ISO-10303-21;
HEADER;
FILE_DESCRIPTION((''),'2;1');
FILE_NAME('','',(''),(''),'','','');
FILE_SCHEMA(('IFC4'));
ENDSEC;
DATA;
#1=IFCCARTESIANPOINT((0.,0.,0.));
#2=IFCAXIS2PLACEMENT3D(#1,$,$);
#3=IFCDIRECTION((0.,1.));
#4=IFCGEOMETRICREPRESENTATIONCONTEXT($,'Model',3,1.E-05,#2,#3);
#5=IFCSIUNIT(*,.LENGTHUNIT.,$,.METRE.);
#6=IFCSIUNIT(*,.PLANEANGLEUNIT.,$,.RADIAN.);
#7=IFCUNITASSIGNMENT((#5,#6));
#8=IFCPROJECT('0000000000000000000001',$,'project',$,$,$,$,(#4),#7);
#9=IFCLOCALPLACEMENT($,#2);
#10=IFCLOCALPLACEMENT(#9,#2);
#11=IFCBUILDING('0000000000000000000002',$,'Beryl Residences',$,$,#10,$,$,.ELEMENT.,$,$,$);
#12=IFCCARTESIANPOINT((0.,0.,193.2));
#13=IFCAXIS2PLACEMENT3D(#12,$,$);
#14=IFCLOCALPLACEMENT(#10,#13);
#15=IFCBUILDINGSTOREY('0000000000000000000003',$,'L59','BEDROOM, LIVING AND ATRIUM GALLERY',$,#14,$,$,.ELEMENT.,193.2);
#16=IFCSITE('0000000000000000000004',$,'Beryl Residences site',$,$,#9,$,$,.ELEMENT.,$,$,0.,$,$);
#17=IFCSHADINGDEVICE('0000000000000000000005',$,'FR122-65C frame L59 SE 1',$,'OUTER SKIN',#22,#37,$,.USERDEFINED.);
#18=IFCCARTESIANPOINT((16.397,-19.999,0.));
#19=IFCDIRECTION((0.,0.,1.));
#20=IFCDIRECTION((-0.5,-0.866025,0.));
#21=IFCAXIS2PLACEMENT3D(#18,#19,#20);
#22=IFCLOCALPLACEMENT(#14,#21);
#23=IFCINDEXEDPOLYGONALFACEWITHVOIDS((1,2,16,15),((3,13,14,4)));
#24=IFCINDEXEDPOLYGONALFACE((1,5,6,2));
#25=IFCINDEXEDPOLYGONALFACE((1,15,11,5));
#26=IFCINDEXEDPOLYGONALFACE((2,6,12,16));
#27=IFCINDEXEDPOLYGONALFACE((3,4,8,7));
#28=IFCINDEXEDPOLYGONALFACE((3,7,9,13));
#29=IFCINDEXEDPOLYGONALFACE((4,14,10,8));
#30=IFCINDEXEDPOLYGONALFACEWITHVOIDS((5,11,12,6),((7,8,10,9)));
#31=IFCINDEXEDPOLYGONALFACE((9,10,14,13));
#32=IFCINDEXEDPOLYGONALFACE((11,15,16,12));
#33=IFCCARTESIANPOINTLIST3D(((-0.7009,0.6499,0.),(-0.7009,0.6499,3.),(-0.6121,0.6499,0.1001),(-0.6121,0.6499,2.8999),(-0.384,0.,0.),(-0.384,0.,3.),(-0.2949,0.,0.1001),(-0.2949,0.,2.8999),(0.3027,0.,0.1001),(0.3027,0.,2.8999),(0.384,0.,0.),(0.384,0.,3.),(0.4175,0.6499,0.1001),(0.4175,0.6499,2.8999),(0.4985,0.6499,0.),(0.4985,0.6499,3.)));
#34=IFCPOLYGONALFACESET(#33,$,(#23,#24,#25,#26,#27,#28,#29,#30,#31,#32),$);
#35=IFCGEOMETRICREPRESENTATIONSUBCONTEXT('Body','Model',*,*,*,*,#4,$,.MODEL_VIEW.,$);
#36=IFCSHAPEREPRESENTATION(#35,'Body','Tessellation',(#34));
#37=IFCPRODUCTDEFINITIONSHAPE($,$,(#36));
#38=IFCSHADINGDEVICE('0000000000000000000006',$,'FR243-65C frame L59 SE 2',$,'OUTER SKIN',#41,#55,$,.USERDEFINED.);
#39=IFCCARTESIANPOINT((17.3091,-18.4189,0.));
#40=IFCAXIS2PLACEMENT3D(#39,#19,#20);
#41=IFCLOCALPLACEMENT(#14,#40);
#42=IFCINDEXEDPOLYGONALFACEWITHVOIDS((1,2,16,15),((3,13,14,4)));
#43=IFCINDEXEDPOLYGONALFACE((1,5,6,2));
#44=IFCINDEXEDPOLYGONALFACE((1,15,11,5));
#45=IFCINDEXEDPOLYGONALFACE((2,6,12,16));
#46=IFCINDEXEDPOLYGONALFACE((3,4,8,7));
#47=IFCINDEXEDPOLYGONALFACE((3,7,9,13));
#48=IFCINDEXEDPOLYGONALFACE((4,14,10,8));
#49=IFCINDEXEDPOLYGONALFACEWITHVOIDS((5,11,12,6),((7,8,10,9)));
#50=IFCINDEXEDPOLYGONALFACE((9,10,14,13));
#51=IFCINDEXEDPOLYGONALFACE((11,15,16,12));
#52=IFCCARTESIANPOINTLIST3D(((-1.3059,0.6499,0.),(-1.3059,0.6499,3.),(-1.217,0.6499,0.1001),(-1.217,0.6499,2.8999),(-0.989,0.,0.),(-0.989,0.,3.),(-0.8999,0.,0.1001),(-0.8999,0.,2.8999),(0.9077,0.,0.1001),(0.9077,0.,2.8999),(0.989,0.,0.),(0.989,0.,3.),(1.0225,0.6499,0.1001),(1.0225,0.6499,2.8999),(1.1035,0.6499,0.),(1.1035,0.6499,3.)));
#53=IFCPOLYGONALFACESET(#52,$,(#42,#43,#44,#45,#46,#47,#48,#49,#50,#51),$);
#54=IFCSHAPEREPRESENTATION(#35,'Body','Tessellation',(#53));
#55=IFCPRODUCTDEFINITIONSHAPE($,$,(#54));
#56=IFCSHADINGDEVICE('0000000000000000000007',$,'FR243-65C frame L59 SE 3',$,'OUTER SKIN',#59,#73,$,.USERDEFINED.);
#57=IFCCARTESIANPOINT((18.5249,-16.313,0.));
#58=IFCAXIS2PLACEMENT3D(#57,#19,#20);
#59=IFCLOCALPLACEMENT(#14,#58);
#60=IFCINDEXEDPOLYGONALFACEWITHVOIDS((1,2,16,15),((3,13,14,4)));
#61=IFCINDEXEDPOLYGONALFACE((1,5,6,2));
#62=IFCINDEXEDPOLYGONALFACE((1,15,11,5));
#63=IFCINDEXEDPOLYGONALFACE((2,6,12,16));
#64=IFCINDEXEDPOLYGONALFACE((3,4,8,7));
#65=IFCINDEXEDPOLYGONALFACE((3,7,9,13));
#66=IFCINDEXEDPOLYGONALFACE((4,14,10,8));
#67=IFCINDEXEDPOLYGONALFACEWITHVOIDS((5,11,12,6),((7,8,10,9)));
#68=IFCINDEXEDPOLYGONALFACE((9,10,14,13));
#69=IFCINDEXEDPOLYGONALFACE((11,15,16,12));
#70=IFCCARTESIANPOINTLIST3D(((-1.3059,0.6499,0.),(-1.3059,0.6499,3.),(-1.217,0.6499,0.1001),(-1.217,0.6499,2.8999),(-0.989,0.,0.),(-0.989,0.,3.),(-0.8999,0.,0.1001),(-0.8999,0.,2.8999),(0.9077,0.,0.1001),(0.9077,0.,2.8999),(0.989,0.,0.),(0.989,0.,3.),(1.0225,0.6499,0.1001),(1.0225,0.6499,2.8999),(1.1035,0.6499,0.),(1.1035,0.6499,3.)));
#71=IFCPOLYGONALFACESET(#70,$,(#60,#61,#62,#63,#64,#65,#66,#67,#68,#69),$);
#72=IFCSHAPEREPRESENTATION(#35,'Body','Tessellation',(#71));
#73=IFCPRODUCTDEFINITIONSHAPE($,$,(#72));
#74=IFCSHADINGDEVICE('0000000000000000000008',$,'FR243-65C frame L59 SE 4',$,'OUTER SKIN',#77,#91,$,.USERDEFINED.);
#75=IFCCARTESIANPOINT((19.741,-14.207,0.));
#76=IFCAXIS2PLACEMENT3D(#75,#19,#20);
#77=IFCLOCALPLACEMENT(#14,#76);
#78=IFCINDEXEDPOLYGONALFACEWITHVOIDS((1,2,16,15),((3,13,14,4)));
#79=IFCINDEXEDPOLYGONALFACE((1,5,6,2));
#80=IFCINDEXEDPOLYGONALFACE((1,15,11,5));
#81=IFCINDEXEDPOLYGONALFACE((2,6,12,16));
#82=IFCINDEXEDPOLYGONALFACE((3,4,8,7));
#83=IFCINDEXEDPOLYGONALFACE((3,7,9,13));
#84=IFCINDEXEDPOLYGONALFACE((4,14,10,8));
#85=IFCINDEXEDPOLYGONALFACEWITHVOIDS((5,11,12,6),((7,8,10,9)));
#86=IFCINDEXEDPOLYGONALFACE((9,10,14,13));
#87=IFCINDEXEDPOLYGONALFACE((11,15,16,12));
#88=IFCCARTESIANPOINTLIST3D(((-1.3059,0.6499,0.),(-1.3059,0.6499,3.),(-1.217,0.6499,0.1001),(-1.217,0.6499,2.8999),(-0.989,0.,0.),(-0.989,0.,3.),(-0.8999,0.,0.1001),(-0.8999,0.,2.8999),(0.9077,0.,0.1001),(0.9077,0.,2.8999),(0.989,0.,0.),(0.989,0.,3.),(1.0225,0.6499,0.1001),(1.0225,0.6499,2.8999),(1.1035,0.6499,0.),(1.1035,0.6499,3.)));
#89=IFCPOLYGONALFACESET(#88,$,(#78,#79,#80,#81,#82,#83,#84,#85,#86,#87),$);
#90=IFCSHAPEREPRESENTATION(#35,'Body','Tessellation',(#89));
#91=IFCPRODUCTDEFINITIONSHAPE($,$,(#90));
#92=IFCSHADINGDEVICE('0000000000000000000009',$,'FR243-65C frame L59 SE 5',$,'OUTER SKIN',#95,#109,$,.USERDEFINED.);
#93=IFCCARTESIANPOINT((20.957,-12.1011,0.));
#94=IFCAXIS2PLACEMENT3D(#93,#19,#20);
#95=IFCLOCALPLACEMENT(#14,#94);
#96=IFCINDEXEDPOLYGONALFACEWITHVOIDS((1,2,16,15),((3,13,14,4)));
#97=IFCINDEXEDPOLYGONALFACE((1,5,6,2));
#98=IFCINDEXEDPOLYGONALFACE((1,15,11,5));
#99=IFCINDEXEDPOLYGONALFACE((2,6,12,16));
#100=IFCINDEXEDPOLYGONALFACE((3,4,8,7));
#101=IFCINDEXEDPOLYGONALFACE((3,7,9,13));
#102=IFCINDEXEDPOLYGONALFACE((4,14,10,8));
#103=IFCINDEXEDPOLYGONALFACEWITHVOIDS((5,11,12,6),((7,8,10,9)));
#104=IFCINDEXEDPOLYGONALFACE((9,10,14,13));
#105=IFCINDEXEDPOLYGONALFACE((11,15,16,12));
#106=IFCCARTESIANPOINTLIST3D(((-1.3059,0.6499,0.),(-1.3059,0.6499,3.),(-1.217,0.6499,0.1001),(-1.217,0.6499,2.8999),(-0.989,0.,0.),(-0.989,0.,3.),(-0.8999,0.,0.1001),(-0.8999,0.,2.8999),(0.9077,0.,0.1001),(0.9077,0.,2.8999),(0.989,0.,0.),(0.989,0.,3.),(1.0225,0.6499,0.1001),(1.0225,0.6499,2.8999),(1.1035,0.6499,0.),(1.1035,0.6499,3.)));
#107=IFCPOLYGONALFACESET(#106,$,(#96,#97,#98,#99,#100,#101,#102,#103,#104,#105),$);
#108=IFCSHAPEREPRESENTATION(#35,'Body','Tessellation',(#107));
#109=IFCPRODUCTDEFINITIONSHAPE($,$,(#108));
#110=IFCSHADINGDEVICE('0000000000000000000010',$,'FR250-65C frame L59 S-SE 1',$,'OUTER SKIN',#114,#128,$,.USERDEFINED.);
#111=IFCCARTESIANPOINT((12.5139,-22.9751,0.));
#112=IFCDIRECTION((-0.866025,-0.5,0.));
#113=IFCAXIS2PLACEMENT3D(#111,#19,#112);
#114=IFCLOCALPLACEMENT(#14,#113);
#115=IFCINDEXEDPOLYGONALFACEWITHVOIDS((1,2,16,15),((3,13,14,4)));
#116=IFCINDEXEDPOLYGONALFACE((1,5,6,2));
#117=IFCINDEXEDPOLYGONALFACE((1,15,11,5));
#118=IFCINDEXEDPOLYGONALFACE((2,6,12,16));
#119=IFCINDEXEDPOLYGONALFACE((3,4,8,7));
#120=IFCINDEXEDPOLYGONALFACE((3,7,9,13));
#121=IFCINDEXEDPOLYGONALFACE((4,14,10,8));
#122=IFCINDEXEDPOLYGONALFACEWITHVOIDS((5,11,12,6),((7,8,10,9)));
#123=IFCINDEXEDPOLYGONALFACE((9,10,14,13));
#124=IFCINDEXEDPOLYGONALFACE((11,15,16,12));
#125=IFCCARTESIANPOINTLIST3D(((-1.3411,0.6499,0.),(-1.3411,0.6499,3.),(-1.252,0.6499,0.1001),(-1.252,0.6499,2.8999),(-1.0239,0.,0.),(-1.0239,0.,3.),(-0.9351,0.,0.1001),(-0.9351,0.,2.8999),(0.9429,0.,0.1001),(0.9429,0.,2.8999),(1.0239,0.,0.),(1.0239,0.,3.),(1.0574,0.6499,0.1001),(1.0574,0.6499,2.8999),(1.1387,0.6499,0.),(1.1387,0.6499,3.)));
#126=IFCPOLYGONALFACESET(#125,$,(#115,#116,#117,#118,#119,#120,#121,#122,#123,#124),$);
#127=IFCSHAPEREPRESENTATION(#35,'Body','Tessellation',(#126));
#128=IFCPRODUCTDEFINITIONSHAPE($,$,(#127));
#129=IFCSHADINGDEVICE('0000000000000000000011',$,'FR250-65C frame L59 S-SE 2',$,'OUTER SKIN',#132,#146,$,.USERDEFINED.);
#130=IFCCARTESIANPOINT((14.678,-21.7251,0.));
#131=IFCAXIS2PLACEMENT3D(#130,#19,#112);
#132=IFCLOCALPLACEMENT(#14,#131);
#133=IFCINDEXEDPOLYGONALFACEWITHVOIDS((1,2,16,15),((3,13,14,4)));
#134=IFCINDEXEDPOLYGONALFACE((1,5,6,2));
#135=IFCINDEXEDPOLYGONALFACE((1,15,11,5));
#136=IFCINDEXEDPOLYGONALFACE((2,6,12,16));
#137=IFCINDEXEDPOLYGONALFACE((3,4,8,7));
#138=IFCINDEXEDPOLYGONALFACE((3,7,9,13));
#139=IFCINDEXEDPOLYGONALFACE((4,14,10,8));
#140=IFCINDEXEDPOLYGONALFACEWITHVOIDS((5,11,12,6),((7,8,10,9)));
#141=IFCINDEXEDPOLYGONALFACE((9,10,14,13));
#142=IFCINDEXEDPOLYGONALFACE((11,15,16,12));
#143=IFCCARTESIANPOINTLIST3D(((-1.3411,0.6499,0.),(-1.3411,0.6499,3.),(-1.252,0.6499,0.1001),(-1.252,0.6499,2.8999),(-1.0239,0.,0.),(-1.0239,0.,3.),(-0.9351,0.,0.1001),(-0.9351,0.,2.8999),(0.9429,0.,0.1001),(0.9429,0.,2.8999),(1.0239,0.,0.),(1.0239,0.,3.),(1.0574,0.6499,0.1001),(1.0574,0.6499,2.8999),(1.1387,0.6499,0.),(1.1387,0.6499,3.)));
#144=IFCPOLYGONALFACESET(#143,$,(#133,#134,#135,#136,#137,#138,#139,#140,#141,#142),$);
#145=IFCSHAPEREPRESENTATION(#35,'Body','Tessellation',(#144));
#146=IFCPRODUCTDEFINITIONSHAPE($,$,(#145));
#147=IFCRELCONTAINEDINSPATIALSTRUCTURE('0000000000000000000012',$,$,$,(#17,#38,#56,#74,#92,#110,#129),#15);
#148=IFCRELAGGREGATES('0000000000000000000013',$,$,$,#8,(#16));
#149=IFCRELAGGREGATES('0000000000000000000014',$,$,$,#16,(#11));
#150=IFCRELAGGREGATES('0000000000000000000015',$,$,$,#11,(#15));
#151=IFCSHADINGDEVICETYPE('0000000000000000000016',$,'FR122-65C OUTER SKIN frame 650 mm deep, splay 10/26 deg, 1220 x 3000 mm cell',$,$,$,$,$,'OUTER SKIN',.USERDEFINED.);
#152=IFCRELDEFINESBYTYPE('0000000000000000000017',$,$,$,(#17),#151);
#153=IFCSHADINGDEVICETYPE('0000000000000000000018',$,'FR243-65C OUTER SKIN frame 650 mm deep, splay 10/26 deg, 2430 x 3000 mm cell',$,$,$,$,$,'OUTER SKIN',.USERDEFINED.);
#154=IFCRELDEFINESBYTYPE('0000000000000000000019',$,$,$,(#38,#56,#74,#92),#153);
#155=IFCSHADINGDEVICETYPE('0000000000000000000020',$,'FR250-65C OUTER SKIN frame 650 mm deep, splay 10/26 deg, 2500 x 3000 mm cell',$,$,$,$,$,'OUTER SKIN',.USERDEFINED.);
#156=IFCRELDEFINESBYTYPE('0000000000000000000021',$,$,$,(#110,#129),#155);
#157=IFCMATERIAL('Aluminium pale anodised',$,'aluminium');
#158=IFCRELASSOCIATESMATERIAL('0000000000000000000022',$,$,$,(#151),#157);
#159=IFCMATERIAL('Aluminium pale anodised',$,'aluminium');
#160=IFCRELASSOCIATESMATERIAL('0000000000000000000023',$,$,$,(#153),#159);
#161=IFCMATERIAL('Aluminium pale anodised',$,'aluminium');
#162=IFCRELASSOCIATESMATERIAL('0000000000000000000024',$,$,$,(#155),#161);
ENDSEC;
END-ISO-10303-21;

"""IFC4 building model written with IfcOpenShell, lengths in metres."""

from ifc_helpers import new_model, entity, si_unit, direction, frame, origin, place, context, subcontext, project, spatial, source, transform, mapped, material, type_object, type_shapes, element, save


model = new_model("IFC4")

# Units and contexts
model_context = context("Model", 3, precision=1e-05, world=origin(), true_north=direction((0.0, 1.0)))
body_context = subcontext(model_context, "Body", "Model", "MODEL_VIEW")
ifc_project = project(units=[si_unit("LENGTHUNIT", "METRE"), si_unit("PLANEANGLEUNIT", "RADIAN")], contexts=[model_context])

# Site, building, storey
site_placement = place(None, origin())
site = spatial("IfcSite", under=ifc_project, at=site_placement, Name="Beryl Residences site", CompositionType="ELEMENT", RefElevation=0.0)
building_placement = place(site_placement, origin())
building = spatial("IfcBuilding", under=site, at=building_placement, Name="Beryl Residences", CompositionType="ELEMENT")
storey_placement = place(building_placement, frame((0.0, 0.0, 193.2)))
storey = spatial("IfcBuildingStorey", under=building, at=storey_placement, Name="L59", Description="BEDROOM, LIVING AND ATRIUM GALLERY", CompositionType="ELEMENT", Elevation=193.2)

# Shading devices
ifc_material_1 = material(Name="Aluminium pale anodised", Category="aluminium")
shading_device_type_1 = type_object("IfcShadingDeviceType", Name="FR122-65C OUTER SKIN frame 650 mm deep, splay 10/26 deg, 1220 x 3000 mm cell", ElementType="OUTER SKIN", PredefinedType="USERDEFINED", material=ifc_material_1)
cartesian_point_1 = entity("IfcCartesianPoint", [-0.384, 0.0])
cartesian_point_2 = entity("IfcCartesianPoint", [-0.3027, 0.1001])
cartesian_point_3 = entity("IfcCartesianPoint", [-0.4985, 0.0])
cartesian_point_4 = entity("IfcCartesianPoint", [-0.4175, 0.1001])
shared_shape_1 = source(origin(), body_context, "Body", "SweptSolid", [
    entity("IfcExtrudedAreaSolidTapered", entity("IfcArbitraryProfileDefWithVoids", "AREA", None, entity("IfcPolyline", [cartesian_point_1, entity("IfcCartesianPoint", [0.384, 0.0]), entity("IfcCartesianPoint", [0.384, 3.0]), entity("IfcCartesianPoint", [-0.384, 3.0]), cartesian_point_1]), [entity("IfcPolyline", [cartesian_point_2, entity("IfcCartesianPoint", [0.2949, 0.1001]), entity("IfcCartesianPoint", [0.2949, 2.8999]), entity("IfcCartesianPoint", [-0.3027, 2.8999]), cartesian_point_2])]), entity("IfcAxis2Placement3D", entity("IfcCartesianPoint", [0.0, 0.0, 0.0]), entity("IfcDirection", [0.0, 1.0, 0.0]), entity("IfcDirection", [-1.0, 0.0, 0.0])), entity("IfcDirection", [0.0, 0.0, 1.0]), 0.6499, entity("IfcArbitraryProfileDefWithVoids", "AREA", None, entity("IfcPolyline", [cartesian_point_3, entity("IfcCartesianPoint", [0.7009, 0.0]), entity("IfcCartesianPoint", [0.7009, 3.0]), entity("IfcCartesianPoint", [-0.4985, 3.0]), cartesian_point_3]), [entity("IfcPolyline", [cartesian_point_4, entity("IfcCartesianPoint", [0.6121, 0.1001]), entity("IfcCartesianPoint", [0.6121, 2.8999]), entity("IfcCartesianPoint", [-0.4175, 2.8999]), cartesian_point_4])])),
])
type_shapes(shading_device_type_1, [shared_shape_1])
shading_device_placement = place(storey_placement, frame((16.397, -19.999, 0.0), z_axis=(0.0, 0.0, 1.0), x_axis=(-0.5, -0.866025, 0.0)))
element("IfcShadingDevice", 1, at=shading_device_placement, inside=storey, type_object=shading_device_type_1, Name="FR122-65C frame L59 SE 1", ObjectType="OUTER SKIN", PredefinedType="USERDEFINED", context=body_context, shape_type="MappedRepresentation", body=[
    mapped(shared_shape_1, transform((0.0, 0.0, 0.0))),
])
ifc_material_2 = material(Name="Aluminium pale anodised", Category="aluminium")
shading_device_type_2 = type_object("IfcShadingDeviceType", Name="FR243-65C OUTER SKIN frame 650 mm deep, splay 10/26 deg, 2430 x 3000 mm cell", ElementType="OUTER SKIN", PredefinedType="USERDEFINED", material=ifc_material_2)
cartesian_point_5 = entity("IfcCartesianPoint", [-0.989, 0.0])
cartesian_point_6 = entity("IfcCartesianPoint", [-0.9077, 0.1001])
cartesian_point_7 = entity("IfcCartesianPoint", [-1.1035, 0.0])
cartesian_point_8 = entity("IfcCartesianPoint", [-1.0225, 0.1001])
shared_shape_2 = source(origin(), body_context, "Body", "SweptSolid", [
    entity("IfcExtrudedAreaSolidTapered", entity("IfcArbitraryProfileDefWithVoids", "AREA", None, entity("IfcPolyline", [cartesian_point_5, entity("IfcCartesianPoint", [0.989, 0.0]), entity("IfcCartesianPoint", [0.989, 3.0]), entity("IfcCartesianPoint", [-0.989, 3.0]), cartesian_point_5]), [entity("IfcPolyline", [cartesian_point_6, entity("IfcCartesianPoint", [0.8999, 0.1001]), entity("IfcCartesianPoint", [0.8999, 2.8999]), entity("IfcCartesianPoint", [-0.9077, 2.8999]), cartesian_point_6])]), entity("IfcAxis2Placement3D", entity("IfcCartesianPoint", [0.0, 0.0, 0.0]), entity("IfcDirection", [0.0, 1.0, 0.0]), entity("IfcDirection", [-1.0, 0.0, 0.0])), entity("IfcDirection", [0.0, 0.0, 1.0]), 0.6499, entity("IfcArbitraryProfileDefWithVoids", "AREA", None, entity("IfcPolyline", [cartesian_point_7, entity("IfcCartesianPoint", [1.3059, 0.0]), entity("IfcCartesianPoint", [1.3059, 3.0]), entity("IfcCartesianPoint", [-1.1035, 3.0]), cartesian_point_7]), [entity("IfcPolyline", [cartesian_point_8, entity("IfcCartesianPoint", [1.217, 0.1001]), entity("IfcCartesianPoint", [1.217, 2.8999]), entity("IfcCartesianPoint", [-1.0225, 2.8999]), cartesian_point_8])])),
])
type_shapes(shading_device_type_2, [shared_shape_2])
for number, where, z_axis, x_axis, name in (
    (2, (17.3091, -18.4189, 0.0), (0.0, 0.0, 1.0), (-0.5, -0.866025, 0.0), "FR243-65C frame L59 SE 2"),
    (3, (18.5249, -16.313, 0.0), (0.0, 0.0, 1.0), (-0.5, -0.866025, 0.0), "FR243-65C frame L59 SE 3"),
    (4, (19.741, -14.207, 0.0), (0.0, 0.0, 1.0), (-0.5, -0.866025, 0.0), "FR243-65C frame L59 SE 4"),
    (5, (20.957, -12.1011, 0.0), (0.0, 0.0, 1.0), (-0.5, -0.866025, 0.0), "FR243-65C frame L59 SE 5"),
):
    element("IfcShadingDevice", number, at=place(storey_placement, frame(where, z_axis=z_axis, x_axis=x_axis)), inside=storey, type_object=shading_device_type_2, Name=name, ObjectType="OUTER SKIN", PredefinedType="USERDEFINED", context=body_context, shape_type="MappedRepresentation", body=[
        mapped(shared_shape_2, transform((0.0, 0.0, 0.0))),
    ])
ifc_material_3 = material(Name="Aluminium pale anodised", Category="aluminium")
shading_device_type_3 = type_object("IfcShadingDeviceType", Name="FR250-65C OUTER SKIN frame 650 mm deep, splay 10/26 deg, 2500 x 3000 mm cell", ElementType="OUTER SKIN", PredefinedType="USERDEFINED", material=ifc_material_3)
cartesian_point_9 = entity("IfcCartesianPoint", [-1.0239, 0.0])
cartesian_point_10 = entity("IfcCartesianPoint", [-0.9429, 0.1001])
cartesian_point_11 = entity("IfcCartesianPoint", [-1.1387, 0.0])
cartesian_point_12 = entity("IfcCartesianPoint", [-1.0574, 0.1001])
shared_shape_3 = source(origin(), body_context, "Body", "SweptSolid", [
    entity("IfcExtrudedAreaSolidTapered", entity("IfcArbitraryProfileDefWithVoids", "AREA", None, entity("IfcPolyline", [cartesian_point_9, entity("IfcCartesianPoint", [1.0239, 0.0]), entity("IfcCartesianPoint", [1.0239, 3.0]), entity("IfcCartesianPoint", [-1.0239, 3.0]), cartesian_point_9]), [entity("IfcPolyline", [cartesian_point_10, entity("IfcCartesianPoint", [0.9351, 0.1001]), entity("IfcCartesianPoint", [0.9351, 2.8999]), entity("IfcCartesianPoint", [-0.9429, 2.8999]), cartesian_point_10])]), entity("IfcAxis2Placement3D", entity("IfcCartesianPoint", [0.0, 0.0, 0.0]), entity("IfcDirection", [0.0, 1.0, 0.0]), entity("IfcDirection", [-1.0, 0.0, 0.0])), entity("IfcDirection", [0.0, 0.0, 1.0]), 0.6499, entity("IfcArbitraryProfileDefWithVoids", "AREA", None, entity("IfcPolyline", [cartesian_point_11, entity("IfcCartesianPoint", [1.3411, 0.0]), entity("IfcCartesianPoint", [1.3411, 3.0]), entity("IfcCartesianPoint", [-1.1387, 3.0]), cartesian_point_11]), [entity("IfcPolyline", [cartesian_point_12, entity("IfcCartesianPoint", [1.252, 0.1001]), entity("IfcCartesianPoint", [1.252, 2.8999]), entity("IfcCartesianPoint", [-1.0574, 2.8999]), cartesian_point_12])])),
])
type_shapes(shading_device_type_3, [shared_shape_3])
for number, where, z_axis, x_axis, name in (
    (6, (12.5139, -22.9751, 0.0), (0.0, 0.0, 1.0), (-0.866025, -0.5, 0.0), "FR250-65C frame L59 S-SE 1"),
    (7, (14.678, -21.7251, 0.0), (0.0, 0.0, 1.0), (-0.866025, -0.5, 0.0), "FR250-65C frame L59 S-SE 2"),
):
    element("IfcShadingDevice", number, at=place(storey_placement, frame(where, z_axis=z_axis, x_axis=x_axis)), inside=storey, type_object=shading_device_type_3, Name=name, ObjectType="OUTER SKIN", PredefinedType="USERDEFINED", context=body_context, shape_type="MappedRepresentation", body=[
        mapped(shared_shape_3, transform((0.0, 0.0, 0.0))),
    ])

save(model, "model.ifc")
